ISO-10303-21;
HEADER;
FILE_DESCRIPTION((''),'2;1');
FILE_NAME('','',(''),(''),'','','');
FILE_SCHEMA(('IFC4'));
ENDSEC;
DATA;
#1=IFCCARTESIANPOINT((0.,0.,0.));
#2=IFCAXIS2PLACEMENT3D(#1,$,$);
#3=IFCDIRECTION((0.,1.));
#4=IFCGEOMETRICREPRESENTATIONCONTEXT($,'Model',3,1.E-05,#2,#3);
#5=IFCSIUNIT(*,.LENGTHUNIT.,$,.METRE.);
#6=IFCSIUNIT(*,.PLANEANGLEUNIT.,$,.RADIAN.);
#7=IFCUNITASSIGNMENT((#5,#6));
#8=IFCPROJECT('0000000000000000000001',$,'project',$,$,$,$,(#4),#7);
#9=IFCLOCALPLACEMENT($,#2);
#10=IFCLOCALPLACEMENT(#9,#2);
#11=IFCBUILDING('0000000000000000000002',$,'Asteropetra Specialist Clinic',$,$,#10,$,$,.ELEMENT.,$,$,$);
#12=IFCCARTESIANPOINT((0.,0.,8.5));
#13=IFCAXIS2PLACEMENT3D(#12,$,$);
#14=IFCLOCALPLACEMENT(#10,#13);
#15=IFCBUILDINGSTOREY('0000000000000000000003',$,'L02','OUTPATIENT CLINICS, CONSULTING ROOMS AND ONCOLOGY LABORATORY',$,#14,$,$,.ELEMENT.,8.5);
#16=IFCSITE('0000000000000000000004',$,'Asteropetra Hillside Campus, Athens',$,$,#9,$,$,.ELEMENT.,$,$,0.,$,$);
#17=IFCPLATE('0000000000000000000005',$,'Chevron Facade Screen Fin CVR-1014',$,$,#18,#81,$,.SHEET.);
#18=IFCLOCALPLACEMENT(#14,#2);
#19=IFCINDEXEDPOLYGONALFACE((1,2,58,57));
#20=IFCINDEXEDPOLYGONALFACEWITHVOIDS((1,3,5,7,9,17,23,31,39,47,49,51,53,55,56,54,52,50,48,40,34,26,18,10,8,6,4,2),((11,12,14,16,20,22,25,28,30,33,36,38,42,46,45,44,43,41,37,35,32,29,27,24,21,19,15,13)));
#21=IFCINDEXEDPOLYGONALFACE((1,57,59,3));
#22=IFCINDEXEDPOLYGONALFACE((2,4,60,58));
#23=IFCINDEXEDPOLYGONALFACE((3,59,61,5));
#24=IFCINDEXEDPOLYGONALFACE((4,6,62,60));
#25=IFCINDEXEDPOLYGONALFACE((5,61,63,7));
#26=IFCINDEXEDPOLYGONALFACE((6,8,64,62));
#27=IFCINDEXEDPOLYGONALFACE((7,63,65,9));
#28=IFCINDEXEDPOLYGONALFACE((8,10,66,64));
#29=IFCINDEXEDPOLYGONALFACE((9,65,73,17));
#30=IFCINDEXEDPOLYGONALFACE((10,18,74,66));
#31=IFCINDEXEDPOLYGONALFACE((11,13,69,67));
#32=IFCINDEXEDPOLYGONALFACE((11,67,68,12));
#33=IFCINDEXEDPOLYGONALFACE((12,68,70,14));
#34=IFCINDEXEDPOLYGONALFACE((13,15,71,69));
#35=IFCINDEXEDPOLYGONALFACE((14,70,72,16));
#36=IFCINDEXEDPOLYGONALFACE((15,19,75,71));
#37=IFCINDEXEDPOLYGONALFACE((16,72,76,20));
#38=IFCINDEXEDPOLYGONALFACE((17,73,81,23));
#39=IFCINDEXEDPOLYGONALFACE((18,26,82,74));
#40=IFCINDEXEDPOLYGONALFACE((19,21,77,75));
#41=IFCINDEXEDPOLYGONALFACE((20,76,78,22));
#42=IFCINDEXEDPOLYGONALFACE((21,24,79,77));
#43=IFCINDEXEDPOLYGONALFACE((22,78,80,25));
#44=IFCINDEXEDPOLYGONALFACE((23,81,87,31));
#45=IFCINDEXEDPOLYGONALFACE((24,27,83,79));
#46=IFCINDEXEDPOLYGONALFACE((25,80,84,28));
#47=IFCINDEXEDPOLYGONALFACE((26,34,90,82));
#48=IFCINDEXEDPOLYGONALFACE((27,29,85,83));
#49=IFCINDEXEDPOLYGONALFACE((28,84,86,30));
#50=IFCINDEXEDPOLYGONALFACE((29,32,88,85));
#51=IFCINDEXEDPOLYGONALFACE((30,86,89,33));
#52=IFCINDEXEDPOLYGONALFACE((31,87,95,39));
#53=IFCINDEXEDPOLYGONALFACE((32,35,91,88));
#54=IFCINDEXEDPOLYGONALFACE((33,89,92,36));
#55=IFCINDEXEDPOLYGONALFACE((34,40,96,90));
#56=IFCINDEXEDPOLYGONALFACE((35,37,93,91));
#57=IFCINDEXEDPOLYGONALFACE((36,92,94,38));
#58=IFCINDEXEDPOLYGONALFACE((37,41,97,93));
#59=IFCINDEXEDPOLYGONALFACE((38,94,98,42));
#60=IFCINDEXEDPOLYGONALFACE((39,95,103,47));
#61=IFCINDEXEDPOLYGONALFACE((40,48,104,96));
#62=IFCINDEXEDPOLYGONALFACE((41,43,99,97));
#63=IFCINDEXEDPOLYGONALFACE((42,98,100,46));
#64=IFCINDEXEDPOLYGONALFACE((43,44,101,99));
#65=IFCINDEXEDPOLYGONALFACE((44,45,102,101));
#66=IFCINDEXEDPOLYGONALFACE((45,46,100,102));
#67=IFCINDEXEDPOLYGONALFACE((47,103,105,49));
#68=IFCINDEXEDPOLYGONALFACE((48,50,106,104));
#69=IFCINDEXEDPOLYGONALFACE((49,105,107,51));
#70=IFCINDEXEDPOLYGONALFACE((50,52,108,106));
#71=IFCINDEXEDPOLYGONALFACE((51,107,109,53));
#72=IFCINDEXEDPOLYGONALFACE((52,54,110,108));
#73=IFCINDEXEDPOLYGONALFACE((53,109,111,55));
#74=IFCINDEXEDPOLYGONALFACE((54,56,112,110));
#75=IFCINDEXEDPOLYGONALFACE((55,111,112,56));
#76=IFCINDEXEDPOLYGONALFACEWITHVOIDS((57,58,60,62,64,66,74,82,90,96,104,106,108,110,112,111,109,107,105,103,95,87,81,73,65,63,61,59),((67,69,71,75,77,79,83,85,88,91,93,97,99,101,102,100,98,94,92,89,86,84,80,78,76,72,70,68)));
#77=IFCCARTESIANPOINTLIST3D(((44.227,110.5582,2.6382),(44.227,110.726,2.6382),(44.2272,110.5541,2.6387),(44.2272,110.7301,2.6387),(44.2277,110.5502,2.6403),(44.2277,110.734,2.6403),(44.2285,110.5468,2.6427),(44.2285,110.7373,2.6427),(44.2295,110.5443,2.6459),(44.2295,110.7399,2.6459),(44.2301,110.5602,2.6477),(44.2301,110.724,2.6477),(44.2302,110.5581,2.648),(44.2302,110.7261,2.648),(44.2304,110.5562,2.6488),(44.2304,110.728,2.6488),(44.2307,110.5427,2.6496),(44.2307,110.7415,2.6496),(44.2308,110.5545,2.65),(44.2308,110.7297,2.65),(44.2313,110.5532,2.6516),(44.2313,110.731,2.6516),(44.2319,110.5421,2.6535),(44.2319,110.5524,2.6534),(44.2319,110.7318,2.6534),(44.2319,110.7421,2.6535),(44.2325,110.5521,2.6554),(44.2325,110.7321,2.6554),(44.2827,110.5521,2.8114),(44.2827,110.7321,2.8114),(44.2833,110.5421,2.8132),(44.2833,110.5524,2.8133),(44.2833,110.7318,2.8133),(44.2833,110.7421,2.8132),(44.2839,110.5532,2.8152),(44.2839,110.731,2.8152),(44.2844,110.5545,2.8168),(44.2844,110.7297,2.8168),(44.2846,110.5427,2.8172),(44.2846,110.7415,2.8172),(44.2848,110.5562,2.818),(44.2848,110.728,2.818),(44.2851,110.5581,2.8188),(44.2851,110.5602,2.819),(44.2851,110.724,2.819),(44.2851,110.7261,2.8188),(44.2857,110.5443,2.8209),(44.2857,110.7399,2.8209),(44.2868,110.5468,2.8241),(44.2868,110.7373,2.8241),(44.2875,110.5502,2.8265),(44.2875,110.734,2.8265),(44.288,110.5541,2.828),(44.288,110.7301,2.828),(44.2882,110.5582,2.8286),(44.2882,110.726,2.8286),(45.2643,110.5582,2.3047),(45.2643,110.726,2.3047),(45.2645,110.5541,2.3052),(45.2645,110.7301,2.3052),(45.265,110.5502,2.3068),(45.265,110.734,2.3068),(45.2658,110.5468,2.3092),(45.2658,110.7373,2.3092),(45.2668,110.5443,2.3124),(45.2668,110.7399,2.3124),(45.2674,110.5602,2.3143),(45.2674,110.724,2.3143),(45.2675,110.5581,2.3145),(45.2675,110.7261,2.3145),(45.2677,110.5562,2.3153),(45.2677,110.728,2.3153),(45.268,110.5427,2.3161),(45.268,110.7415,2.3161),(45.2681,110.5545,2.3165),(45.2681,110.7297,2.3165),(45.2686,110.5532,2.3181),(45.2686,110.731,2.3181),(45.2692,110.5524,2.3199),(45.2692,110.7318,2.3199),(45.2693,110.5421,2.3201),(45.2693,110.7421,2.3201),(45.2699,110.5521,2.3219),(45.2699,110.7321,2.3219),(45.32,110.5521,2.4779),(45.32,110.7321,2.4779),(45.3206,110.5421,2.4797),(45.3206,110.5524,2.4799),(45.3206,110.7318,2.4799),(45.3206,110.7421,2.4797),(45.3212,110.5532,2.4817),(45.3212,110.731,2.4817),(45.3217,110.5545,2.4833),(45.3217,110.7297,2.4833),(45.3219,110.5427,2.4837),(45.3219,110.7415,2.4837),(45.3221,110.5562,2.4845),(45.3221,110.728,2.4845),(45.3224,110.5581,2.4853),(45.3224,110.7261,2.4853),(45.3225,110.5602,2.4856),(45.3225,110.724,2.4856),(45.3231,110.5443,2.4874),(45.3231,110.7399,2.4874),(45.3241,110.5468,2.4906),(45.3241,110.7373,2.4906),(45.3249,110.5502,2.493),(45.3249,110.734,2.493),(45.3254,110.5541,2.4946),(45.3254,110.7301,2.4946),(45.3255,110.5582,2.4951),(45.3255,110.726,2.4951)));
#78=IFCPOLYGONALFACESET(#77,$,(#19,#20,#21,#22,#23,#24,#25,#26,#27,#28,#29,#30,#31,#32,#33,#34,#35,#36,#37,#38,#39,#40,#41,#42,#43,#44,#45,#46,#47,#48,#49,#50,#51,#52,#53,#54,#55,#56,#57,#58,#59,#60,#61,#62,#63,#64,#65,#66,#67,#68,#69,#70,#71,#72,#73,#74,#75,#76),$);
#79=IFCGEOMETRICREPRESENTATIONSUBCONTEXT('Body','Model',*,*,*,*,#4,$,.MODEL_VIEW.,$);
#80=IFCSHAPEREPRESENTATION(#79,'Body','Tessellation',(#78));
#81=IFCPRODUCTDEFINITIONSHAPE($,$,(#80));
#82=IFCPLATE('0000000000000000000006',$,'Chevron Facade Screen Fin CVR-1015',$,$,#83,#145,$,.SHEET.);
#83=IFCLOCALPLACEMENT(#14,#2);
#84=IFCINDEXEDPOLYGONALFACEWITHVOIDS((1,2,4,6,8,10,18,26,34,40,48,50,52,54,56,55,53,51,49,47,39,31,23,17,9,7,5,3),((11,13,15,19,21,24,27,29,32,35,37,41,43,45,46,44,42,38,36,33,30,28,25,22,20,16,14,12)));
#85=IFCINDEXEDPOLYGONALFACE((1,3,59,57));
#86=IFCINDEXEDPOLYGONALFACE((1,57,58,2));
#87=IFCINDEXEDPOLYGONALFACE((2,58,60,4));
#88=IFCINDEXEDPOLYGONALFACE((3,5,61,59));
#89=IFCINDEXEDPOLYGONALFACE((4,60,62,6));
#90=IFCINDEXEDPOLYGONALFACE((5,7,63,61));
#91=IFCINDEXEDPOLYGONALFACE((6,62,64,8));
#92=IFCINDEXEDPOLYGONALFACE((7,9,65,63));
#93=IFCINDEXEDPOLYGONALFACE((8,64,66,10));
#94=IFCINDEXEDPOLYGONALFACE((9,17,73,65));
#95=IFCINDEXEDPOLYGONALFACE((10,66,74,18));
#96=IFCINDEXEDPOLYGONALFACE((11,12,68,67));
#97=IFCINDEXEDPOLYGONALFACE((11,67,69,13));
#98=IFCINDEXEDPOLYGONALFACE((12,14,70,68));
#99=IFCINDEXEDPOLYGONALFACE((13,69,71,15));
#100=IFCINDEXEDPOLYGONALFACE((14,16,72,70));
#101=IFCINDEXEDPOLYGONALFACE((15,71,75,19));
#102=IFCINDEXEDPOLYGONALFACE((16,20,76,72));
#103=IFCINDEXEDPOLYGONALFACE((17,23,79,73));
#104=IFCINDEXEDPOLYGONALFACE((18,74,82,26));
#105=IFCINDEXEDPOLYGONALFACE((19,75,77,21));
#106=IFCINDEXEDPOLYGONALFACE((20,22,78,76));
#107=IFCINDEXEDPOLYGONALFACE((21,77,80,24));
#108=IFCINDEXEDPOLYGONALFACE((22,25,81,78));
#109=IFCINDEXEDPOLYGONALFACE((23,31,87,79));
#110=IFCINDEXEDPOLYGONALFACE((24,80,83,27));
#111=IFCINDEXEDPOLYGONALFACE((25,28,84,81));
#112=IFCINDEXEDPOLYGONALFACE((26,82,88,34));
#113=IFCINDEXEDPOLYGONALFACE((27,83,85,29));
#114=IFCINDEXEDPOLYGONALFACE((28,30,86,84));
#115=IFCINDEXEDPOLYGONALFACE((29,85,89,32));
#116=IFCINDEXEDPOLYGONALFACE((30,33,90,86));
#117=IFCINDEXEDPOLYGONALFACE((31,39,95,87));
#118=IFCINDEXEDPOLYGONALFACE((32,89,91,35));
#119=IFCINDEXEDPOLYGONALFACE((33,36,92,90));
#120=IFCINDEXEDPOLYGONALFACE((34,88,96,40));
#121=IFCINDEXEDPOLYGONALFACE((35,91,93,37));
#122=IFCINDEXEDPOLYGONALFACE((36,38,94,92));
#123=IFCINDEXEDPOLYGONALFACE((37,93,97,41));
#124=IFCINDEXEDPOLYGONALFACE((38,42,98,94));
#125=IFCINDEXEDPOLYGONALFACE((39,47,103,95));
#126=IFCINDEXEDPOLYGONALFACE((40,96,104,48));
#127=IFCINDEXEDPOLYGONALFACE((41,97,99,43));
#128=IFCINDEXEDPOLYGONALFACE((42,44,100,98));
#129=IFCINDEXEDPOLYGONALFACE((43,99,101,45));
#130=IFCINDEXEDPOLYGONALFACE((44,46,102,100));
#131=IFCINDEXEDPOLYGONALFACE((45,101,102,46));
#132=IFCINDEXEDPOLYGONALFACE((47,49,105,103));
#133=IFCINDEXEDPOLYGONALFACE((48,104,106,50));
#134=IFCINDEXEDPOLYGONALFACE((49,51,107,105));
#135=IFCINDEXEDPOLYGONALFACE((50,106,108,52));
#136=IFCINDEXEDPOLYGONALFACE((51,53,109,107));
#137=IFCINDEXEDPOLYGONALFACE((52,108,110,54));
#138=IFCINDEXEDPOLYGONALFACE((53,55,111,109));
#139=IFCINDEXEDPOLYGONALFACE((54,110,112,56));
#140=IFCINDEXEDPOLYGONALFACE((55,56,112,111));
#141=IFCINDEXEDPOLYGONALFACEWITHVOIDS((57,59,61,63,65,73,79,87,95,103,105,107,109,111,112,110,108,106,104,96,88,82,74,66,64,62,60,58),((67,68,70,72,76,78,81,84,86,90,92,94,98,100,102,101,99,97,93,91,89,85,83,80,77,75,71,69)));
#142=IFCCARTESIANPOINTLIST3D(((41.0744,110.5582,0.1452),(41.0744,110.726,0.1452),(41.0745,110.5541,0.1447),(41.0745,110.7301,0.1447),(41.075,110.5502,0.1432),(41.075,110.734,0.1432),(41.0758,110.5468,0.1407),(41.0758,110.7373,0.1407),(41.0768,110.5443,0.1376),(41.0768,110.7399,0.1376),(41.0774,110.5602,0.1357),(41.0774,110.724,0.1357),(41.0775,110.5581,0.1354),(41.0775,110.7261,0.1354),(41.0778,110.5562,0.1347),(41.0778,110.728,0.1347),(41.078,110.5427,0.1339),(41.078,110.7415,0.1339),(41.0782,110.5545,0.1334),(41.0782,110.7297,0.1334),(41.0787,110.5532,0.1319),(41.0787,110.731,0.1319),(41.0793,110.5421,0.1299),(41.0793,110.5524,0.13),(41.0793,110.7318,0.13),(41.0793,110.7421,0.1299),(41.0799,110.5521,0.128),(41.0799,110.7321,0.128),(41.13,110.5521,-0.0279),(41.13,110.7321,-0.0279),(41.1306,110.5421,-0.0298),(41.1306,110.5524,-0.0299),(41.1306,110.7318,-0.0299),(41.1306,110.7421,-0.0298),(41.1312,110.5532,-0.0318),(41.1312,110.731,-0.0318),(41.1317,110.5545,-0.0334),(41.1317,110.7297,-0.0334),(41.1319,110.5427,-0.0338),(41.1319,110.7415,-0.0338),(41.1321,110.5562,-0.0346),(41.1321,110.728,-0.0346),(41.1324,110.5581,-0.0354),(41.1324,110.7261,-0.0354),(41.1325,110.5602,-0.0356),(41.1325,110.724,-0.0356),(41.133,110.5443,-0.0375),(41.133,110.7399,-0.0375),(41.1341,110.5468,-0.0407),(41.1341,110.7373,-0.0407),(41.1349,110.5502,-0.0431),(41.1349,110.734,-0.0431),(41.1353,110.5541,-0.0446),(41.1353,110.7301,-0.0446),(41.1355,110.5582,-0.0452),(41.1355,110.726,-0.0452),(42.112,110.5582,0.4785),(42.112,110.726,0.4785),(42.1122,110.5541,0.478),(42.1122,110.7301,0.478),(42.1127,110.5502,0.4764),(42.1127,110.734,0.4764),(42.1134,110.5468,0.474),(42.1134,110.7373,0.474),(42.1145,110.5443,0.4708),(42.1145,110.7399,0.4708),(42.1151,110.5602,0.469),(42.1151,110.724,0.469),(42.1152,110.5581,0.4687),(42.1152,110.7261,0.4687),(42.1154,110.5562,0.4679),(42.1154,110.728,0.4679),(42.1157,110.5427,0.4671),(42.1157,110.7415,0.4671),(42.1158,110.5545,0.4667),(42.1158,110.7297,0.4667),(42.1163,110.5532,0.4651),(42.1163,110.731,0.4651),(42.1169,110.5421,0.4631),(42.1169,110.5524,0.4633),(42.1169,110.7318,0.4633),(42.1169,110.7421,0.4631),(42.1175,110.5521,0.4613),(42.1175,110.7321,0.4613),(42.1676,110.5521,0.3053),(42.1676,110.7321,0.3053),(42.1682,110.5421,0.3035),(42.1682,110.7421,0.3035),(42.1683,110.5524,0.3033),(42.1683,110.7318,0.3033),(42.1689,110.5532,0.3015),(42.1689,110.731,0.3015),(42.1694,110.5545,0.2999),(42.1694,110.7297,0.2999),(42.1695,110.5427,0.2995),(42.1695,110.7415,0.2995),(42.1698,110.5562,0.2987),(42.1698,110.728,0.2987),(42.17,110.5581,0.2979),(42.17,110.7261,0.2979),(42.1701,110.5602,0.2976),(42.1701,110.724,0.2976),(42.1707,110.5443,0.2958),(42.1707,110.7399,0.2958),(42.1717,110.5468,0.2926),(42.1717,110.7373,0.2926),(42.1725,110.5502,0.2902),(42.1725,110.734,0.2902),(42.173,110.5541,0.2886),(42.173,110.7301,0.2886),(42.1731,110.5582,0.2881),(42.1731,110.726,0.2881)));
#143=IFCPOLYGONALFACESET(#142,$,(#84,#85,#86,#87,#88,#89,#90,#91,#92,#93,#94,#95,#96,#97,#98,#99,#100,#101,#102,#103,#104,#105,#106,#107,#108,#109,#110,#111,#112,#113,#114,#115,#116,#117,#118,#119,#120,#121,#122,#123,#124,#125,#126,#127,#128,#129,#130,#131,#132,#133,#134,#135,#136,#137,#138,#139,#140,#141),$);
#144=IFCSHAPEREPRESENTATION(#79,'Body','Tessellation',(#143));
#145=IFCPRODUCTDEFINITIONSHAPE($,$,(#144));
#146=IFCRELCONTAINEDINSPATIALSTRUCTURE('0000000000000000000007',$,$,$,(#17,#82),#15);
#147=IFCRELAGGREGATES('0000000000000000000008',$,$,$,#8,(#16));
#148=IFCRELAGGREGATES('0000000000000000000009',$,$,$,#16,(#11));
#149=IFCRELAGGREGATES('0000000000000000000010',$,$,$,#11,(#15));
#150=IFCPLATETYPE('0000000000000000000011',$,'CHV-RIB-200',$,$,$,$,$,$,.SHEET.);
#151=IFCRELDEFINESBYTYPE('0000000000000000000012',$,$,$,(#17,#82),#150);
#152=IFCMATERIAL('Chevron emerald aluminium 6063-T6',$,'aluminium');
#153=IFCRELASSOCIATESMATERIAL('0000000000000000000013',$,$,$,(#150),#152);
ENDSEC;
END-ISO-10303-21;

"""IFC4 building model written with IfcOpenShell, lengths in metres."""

from ifc_helpers import new_model, si_unit, direction, frame, origin, origin_2d, place, context, subcontext, project, spatial, hollow_rectangle, extrude, material, material_profile, profile_set, type_object, element, save


model = new_model("IFC4")

# Units and contexts
model_context = context("Model", 3, precision=1e-05, world=origin(), true_north=direction((0.0, 1.0)))
body_context = subcontext(model_context, "Body", "Model", "MODEL_VIEW")
ifc_project = project(units=[si_unit("LENGTHUNIT", "METRE"), si_unit("PLANEANGLEUNIT", "RADIAN")], contexts=[model_context])

# Site, building, storey
site_placement = place(None, origin())
site = spatial("IfcSite", under=ifc_project, at=site_placement, Name="Asteropetra Hillside Campus, Athens", CompositionType="ELEMENT", RefElevation=0.0)
building_placement = place(site_placement, origin())
building = spatial("IfcBuilding", under=site, at=building_placement, Name="Asteropetra Specialist Clinic", CompositionType="ELEMENT")
storey_placement = place(building_placement, frame((0.0, 0.0, 8.5)))
storey = spatial("IfcBuildingStorey", under=building, at=storey_placement, Name="L02", Description="OUTPATIENT CLINICS, CONSULTING ROOMS AND ONCOLOGY LABORATORY", CompositionType="ELEMENT", Elevation=8.5)

# Plates
ifc_material_1 = material(Name="Chevron emerald aluminium 6063-T6", Category="aluminium")
ifc_material_profile_1 = material_profile(ifc_material_1, hollow_rectangle(XDim=0.2, YDim=0.2, WallThickness=0.01, InnerFilletRadius=0.0081, OuterFilletRadius=0.0161, at=origin_2d()), Name="SHS 200x200x10.0")
ifc_profile_set_1 = profile_set([ifc_material_profile_1], Name="Chevron emerald aluminium 6063-T6")
plate_type = type_object("IfcPlateType", Name="CHV-RIB-200", PredefinedType="SHEET", material=ifc_profile_set_1)
for number, where, z_axis, x_axis, name in (
    (1, (45.2949, 110.6421, 2.3999), (-0.952012, 0.0, 0.30606), (0.0, -1.0, 0.0), "Chevron Facade Screen Fin CVR-1014"),
):
    element("IfcPlate", number, at=place(storey_placement, frame(where, z_axis=z_axis, x_axis=x_axis)), inside=storey, type_object=plate_type, Name=name, PredefinedType="SHEET", context=body_context, shape_type="SweptSolid", body=[
        extrude(hollow_rectangle(XDim=0.2, YDim=0.2, WallThickness=0.01, InnerFilletRadius=0.0081, OuterFilletRadius=0.0161, at=origin_2d()), origin(), (0.0, 0.0, 1.0), 1.0896),
    ])
for number, where, z_axis, x_axis, name in (
    (2, (42.1426, 110.6421, 0.3833), (-0.952098, 0.0, -0.305792), (0.0, -1.0, 0.0), "Chevron Facade Screen Fin CVR-1015"),
):
    element("IfcPlate", number, at=place(storey_placement, frame(where, z_axis=z_axis, x_axis=x_axis)), inside=storey, type_object=plate_type, Name=name, PredefinedType="SHEET", context=body_context, shape_type="SweptSolid", body=[
        extrude(hollow_rectangle(XDim=0.2, YDim=0.2, WallThickness=0.01, InnerFilletRadius=0.0081, OuterFilletRadius=0.0161, at=origin_2d()), origin(), (0.0, 0.0, 1.0), 1.0898),
    ])

save(model, "model.ifc")
